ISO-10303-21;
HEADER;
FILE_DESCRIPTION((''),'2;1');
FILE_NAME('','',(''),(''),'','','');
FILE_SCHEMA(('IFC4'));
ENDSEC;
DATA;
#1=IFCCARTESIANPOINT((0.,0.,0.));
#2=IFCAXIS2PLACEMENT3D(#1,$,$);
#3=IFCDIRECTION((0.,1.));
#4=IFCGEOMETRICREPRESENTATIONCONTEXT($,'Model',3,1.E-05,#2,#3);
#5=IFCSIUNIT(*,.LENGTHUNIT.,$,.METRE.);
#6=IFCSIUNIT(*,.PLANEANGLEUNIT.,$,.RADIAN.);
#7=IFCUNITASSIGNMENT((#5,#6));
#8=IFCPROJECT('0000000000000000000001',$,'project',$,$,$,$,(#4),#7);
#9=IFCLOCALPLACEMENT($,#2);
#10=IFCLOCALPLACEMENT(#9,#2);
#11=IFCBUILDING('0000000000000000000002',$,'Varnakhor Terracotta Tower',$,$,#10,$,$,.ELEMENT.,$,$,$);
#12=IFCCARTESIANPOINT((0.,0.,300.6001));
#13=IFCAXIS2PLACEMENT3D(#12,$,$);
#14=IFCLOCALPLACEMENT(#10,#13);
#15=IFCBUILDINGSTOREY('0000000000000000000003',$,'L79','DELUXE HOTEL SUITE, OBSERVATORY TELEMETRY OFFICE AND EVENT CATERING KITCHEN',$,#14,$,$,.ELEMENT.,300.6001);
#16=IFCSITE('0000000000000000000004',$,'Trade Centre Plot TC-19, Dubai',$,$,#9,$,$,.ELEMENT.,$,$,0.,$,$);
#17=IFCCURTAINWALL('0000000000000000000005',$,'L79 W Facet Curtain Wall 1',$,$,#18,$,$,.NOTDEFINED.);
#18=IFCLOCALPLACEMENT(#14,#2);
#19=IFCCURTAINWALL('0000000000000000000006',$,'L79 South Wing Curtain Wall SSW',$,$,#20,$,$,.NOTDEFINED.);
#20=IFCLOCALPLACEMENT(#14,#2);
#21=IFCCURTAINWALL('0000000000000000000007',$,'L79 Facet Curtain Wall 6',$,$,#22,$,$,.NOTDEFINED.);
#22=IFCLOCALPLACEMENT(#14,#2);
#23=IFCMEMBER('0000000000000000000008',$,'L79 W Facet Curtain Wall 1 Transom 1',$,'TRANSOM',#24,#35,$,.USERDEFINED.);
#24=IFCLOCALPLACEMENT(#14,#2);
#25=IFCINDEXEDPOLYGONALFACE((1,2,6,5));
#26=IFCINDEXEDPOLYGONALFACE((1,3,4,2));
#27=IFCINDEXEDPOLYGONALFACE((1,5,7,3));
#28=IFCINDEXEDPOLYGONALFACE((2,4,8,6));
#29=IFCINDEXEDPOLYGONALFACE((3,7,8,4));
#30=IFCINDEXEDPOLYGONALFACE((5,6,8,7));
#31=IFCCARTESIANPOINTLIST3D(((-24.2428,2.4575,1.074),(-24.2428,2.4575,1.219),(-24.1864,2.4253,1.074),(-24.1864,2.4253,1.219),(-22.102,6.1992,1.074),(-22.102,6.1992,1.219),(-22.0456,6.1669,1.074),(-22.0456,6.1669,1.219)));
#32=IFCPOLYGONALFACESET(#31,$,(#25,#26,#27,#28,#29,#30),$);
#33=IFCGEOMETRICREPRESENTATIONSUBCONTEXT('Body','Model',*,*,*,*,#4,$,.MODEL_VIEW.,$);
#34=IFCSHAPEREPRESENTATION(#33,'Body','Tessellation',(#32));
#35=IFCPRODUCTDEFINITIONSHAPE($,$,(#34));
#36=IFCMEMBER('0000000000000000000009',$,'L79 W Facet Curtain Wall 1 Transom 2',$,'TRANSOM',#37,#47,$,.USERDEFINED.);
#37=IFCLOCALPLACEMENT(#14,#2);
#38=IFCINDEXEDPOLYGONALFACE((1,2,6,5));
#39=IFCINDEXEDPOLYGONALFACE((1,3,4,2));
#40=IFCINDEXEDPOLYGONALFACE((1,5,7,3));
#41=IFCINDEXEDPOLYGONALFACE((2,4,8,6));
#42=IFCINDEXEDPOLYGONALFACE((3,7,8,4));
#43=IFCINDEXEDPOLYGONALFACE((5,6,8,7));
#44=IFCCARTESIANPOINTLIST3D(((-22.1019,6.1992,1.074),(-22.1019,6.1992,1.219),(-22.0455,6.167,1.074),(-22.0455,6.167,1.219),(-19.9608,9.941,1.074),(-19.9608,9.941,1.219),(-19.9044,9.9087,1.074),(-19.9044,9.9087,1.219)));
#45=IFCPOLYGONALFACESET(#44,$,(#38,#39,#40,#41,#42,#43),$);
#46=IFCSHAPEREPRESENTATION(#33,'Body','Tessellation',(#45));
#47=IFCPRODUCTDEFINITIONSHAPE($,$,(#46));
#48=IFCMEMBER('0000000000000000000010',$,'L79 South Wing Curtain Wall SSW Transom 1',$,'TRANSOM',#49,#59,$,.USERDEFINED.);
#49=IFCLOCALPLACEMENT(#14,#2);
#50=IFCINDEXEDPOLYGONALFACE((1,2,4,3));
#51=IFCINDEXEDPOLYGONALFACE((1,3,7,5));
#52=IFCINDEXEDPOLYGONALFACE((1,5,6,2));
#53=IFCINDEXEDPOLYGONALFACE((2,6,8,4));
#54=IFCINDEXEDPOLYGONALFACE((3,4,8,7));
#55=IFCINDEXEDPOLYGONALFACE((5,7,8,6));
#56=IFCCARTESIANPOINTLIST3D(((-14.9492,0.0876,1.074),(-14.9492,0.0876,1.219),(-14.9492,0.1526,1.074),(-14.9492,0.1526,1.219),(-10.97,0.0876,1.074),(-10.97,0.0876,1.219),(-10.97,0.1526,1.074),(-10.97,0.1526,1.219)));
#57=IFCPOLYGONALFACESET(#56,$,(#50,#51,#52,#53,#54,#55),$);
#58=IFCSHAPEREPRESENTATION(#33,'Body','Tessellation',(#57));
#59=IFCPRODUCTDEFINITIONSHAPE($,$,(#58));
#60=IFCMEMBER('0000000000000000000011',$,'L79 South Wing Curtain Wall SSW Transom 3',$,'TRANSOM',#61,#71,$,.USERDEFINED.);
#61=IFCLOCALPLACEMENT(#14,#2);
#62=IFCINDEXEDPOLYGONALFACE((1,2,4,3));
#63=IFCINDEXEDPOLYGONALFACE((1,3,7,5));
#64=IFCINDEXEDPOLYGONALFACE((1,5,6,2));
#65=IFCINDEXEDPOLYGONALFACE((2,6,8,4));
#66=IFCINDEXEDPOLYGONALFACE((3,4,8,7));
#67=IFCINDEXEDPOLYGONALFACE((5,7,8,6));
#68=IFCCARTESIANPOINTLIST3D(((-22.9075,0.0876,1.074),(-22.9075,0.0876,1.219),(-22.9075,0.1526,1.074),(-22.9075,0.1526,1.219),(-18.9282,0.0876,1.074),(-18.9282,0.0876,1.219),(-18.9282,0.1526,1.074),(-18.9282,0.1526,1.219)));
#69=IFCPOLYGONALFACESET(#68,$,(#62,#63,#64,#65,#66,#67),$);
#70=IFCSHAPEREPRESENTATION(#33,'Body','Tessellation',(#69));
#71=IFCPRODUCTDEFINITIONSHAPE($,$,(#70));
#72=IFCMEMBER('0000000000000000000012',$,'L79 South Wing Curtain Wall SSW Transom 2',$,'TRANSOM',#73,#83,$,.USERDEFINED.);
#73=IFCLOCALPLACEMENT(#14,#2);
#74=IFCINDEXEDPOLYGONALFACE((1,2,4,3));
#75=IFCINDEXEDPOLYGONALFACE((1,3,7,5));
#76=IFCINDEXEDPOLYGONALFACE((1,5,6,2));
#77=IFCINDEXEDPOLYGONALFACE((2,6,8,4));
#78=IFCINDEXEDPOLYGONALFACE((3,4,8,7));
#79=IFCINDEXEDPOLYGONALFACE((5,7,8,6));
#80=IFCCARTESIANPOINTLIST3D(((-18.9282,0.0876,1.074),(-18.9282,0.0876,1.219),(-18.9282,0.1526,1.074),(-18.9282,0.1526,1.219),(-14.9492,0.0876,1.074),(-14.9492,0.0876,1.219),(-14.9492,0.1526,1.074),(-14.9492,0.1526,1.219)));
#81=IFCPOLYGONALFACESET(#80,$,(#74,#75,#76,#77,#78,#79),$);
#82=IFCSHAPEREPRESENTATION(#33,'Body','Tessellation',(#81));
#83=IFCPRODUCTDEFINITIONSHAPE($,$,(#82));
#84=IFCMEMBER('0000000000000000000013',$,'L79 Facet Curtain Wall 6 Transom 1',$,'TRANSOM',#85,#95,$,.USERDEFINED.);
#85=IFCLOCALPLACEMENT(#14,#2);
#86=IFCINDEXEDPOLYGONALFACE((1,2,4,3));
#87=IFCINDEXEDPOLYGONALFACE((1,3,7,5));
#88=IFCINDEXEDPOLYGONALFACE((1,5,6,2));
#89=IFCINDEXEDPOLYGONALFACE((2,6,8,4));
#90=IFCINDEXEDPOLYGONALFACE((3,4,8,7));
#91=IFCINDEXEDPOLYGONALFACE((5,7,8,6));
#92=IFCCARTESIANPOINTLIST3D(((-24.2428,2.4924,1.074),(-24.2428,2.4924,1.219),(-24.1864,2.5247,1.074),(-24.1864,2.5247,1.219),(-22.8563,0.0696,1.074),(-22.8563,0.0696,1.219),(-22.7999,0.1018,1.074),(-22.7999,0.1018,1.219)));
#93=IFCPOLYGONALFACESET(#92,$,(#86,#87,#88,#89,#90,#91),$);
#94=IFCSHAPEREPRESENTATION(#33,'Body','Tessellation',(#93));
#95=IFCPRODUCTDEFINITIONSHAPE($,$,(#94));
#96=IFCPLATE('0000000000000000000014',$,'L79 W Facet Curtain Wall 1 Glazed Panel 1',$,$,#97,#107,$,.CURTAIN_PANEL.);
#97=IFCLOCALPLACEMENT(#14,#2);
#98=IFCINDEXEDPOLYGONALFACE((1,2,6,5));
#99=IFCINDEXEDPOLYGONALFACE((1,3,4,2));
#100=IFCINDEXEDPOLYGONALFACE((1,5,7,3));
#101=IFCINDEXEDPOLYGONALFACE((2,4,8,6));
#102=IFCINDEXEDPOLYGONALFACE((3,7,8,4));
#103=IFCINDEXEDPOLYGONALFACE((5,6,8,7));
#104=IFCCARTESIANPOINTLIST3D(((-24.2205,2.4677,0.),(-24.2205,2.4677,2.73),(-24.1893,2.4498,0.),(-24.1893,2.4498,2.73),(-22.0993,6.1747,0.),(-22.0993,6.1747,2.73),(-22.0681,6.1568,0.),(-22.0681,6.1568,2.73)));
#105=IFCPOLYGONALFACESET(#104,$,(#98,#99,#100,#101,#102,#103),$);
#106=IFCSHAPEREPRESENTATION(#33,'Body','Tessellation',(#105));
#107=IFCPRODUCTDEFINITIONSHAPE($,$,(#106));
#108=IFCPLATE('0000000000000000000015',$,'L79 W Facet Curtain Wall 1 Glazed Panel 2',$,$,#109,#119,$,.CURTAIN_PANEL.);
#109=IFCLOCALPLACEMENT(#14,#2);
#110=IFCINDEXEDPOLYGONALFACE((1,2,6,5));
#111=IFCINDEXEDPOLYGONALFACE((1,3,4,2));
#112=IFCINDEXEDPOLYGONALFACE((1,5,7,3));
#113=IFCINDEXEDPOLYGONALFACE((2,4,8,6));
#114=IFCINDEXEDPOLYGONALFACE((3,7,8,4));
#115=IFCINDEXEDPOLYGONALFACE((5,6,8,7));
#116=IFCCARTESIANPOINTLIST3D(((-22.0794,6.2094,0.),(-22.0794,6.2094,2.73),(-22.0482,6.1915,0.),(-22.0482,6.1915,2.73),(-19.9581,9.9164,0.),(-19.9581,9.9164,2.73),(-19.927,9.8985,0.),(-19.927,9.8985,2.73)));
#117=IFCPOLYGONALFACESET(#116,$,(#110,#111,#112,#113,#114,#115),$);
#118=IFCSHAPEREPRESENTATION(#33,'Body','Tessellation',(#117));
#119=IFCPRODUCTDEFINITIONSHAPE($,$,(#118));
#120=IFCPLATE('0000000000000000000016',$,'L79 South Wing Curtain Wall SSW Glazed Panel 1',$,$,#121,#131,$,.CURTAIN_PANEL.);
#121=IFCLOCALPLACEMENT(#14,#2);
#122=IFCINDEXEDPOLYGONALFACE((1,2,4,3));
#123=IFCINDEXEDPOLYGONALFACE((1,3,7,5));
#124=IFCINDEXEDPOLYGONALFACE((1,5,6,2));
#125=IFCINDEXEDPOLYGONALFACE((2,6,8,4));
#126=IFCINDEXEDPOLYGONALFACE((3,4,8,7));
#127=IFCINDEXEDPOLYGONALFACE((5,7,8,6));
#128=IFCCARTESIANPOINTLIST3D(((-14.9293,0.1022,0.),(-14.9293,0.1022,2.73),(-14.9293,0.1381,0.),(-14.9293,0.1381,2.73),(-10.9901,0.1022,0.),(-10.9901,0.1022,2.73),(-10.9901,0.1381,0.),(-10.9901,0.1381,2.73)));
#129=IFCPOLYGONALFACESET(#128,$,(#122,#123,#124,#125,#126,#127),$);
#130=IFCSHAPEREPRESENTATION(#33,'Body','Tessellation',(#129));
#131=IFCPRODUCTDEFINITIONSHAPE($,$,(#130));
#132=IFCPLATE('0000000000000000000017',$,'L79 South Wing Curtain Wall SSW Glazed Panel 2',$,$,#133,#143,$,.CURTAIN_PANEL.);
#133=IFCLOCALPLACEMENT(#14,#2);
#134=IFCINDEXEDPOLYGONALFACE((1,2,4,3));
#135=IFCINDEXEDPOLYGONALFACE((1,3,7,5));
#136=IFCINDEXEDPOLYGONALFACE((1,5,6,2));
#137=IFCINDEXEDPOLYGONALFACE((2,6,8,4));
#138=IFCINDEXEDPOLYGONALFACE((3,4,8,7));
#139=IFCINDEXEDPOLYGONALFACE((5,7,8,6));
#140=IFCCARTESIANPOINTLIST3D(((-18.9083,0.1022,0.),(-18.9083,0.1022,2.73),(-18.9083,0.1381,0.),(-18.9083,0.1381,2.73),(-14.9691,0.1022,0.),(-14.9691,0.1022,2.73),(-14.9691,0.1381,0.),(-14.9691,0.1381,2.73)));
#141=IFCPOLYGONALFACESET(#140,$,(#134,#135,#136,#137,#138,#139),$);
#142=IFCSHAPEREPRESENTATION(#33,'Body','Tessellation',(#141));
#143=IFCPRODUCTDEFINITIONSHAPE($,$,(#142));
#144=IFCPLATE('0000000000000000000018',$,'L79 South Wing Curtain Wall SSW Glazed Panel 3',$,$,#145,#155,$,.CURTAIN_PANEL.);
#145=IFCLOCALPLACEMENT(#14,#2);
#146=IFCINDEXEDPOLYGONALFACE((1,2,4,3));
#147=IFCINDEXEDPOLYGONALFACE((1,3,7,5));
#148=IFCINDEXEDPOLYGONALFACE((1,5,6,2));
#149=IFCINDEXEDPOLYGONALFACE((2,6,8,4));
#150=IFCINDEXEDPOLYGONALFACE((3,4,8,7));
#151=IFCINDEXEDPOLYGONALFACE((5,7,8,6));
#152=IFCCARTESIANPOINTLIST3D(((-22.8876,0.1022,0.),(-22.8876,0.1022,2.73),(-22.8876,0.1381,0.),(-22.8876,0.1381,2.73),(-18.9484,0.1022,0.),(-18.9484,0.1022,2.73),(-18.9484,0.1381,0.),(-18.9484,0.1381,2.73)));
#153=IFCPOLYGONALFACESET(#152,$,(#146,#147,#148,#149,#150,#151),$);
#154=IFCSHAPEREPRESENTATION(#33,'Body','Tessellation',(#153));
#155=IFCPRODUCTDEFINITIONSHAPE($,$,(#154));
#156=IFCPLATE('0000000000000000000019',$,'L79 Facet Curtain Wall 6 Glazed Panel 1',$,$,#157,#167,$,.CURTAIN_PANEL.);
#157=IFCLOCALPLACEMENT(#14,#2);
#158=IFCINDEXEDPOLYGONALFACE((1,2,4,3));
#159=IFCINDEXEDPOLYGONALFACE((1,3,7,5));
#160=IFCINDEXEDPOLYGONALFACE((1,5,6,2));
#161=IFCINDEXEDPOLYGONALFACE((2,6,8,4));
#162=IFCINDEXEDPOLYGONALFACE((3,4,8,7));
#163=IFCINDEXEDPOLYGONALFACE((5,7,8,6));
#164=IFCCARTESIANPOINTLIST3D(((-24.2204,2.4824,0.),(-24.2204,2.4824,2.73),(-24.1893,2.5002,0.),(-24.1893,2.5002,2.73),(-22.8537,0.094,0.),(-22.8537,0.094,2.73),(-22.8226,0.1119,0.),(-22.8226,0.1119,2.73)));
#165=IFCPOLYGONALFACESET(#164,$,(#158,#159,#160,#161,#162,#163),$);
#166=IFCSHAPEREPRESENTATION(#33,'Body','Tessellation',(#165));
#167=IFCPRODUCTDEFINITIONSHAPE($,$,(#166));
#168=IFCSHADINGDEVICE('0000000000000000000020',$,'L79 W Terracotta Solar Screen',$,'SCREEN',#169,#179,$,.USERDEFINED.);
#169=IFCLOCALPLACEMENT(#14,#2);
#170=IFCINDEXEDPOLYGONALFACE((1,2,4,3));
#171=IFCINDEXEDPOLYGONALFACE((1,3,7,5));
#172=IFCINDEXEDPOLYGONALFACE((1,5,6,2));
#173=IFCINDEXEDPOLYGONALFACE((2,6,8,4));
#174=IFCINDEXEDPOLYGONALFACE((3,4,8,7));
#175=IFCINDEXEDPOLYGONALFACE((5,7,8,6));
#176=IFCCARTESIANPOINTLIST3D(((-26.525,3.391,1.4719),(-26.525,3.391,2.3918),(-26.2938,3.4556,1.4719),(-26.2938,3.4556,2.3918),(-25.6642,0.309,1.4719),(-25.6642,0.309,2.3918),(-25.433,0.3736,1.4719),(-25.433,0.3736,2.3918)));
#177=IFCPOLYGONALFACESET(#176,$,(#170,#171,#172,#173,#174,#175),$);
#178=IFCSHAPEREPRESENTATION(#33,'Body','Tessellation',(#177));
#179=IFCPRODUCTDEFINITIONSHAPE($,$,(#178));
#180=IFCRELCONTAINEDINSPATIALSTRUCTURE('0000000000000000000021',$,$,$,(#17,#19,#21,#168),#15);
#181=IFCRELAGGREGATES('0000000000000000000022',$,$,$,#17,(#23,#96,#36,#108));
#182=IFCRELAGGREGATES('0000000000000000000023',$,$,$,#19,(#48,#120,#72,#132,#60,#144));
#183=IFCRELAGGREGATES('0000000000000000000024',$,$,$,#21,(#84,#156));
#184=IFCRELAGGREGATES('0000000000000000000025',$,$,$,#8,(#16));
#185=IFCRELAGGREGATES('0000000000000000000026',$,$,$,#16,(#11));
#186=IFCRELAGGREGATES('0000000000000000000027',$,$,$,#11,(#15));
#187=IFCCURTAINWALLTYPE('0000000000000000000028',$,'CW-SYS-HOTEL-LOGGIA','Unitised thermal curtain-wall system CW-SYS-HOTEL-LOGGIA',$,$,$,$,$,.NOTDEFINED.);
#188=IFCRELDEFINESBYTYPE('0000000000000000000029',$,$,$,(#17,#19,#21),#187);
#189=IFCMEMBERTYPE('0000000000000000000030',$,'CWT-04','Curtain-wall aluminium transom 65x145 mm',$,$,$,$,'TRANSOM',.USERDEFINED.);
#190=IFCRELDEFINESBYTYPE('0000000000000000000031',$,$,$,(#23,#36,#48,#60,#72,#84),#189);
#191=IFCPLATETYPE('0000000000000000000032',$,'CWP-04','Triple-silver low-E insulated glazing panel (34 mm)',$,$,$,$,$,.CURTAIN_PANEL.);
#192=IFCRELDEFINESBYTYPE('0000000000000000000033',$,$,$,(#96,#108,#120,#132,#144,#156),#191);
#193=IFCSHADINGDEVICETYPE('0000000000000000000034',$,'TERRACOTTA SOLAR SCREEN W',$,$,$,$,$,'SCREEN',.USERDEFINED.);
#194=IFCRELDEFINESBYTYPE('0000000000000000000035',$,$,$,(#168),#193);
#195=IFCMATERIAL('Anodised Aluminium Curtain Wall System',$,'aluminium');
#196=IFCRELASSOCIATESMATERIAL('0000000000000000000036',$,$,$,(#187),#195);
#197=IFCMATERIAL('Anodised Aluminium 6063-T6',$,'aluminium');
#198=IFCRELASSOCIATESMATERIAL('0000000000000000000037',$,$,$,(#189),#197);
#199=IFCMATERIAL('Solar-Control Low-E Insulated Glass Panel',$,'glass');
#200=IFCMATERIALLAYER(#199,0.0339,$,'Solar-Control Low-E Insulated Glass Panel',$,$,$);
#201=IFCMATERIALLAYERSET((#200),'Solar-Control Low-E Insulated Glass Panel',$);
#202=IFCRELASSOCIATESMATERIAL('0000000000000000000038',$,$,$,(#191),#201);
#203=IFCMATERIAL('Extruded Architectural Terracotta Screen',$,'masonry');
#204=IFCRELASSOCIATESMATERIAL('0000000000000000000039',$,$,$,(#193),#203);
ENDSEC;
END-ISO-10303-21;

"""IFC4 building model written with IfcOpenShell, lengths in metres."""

from ifc_helpers import new_model, si_unit, direction, frame, origin, origin_2d, place, context, subcontext, project, spatial, rectangle, extrude, source, transform, mapped, material, layer, layer_set, material_profile, profile_set, type_object, type_shapes, element, aggregate, save


model = new_model("IFC4")

# Units and contexts
model_context = context("Model", 3, precision=1e-05, world=origin(), true_north=direction((0.0, 1.0)))
body_context = subcontext(model_context, "Body", "Model", "MODEL_VIEW")
ifc_project = project(units=[si_unit("LENGTHUNIT", "METRE"), si_unit("PLANEANGLEUNIT", "RADIAN")], contexts=[model_context])

# Site, building, storey
site_placement = place(None, origin())
site = spatial("IfcSite", under=ifc_project, at=site_placement, Name="Trade Centre Plot TC-19, Dubai", CompositionType="ELEMENT", RefElevation=0.0)
building_placement = place(site_placement, origin())
building = spatial("IfcBuilding", under=site, at=building_placement, Name="Varnakhor Terracotta Tower", CompositionType="ELEMENT")
storey_placement = place(building_placement, frame((0.0, 0.0, 300.6001)))
storey = spatial("IfcBuildingStorey", under=building, at=storey_placement, Name="L79", Description="DELUXE HOTEL SUITE, OBSERVATORY TELEMETRY OFFICE AND EVENT CATERING KITCHEN", CompositionType="ELEMENT", Elevation=300.6001)

# Curtain walls
ifc_material_1 = material(Name="Anodised Aluminium Curtain Wall System", Category="aluminium")
curtain_wall_type = type_object("IfcCurtainWallType", Name="CW-SYS-HOTEL-LOGGIA", Description="Unitised thermal curtain-wall system CW-SYS-HOTEL-LOGGIA", PredefinedType="NOTDEFINED", material=ifc_material_1)
curtain_wall_1_placement = place(storey_placement, origin())
curtain_wall_1 = element("IfcCurtainWall", 1, at=curtain_wall_1_placement, inside=storey, type_object=curtain_wall_type, Name="L79 W Facet Curtain Wall 1", PredefinedType="NOTDEFINED")
ifc_material_2 = material(Name="Anodised Aluminium 6063-T6", Category="aluminium")
curtain_wall_2_placement = place(storey_placement, origin())
curtain_wall_2 = element("IfcCurtainWall", 2, at=curtain_wall_2_placement, inside=storey, type_object=curtain_wall_type, Name="L79 South Wing Curtain Wall SSW", PredefinedType="NOTDEFINED")

# Curtain wall
curtain_wall_3_placement = place(storey_placement, origin())
curtain_wall_3 = element("IfcCurtainWall", 3, at=curtain_wall_3_placement, inside=storey, type_object=curtain_wall_type, Name="L79 Facet Curtain Wall 6", PredefinedType="NOTDEFINED")

# Members
ifc_material_profile_1 = material_profile(ifc_material_2, rectangle(XDim=0.0649, YDim=0.145, at=origin_2d()), Name="ALU TRANSOM 65x145")
ifc_profile_set_1 = profile_set([ifc_material_profile_1], Name="Anodised Aluminium 6063-T6")
member_type_1 = type_object("IfcMemberType", Name="CWT-04", Description="Curtain-wall aluminium transom 65x145 mm", ElementType="TRANSOM", PredefinedType="USERDEFINED", material=ifc_profile_set_1)
shared_shape_1 = source(origin(), body_context, "Body", "SweptSolid", [
    extrude(rectangle(XDim=0.0649, YDim=0.145, at=origin_2d()), origin(), (0.0, 0.0, 1.0), 4.3108),
])
member_1_placement = place(storey_placement, frame((-24.2146, 2.4414, 1.1465), z_axis=(0.496621, 0.867968, 0.0), x_axis=(-0.867968, 0.496621, 0.0)))
member_1 = element("IfcMember", 4, at=member_1_placement, type_object=member_type_1, Name="L79 W Facet Curtain Wall 1 Transom 1", ObjectType="TRANSOM", PredefinedType="USERDEFINED", context=body_context, shape_type="MappedRepresentation", body=[
    mapped(shared_shape_1, transform((0.0, 0.0, 0.0), scale=1.0)),
])
shared_shape_2 = source(origin(), body_context, "Body", "SweptSolid", [
    extrude(rectangle(XDim=0.0649, YDim=0.145, at=origin_2d()), origin(), (0.0, 0.0, 1.0), 4.311),
])
member_2_placement = place(storey_placement, frame((-22.0737, 6.1831, 1.1465), z_axis=(0.496663, 0.867943, 0.0), x_axis=(-0.867943, 0.496663, 0.0)))
member_2 = element("IfcMember", 5, at=member_2_placement, type_object=member_type_1, Name="L79 W Facet Curtain Wall 1 Transom 2", ObjectType="TRANSOM", PredefinedType="USERDEFINED", context=body_context, shape_type="MappedRepresentation", body=[
    mapped(shared_shape_2, transform((0.0, 0.0, 0.0), scale=1.0)),
])
shared_shape_3 = source(origin(), body_context, "Body", "SweptSolid", [
    extrude(rectangle(XDim=0.0649, YDim=0.145, at=origin_2d()), origin(), (0.0, 0.0, 1.0), 3.9792),
])
member_3_placement = place(storey_placement, frame((-10.97, 0.1201, 1.1465), z_axis=(-1.0, 0.0, 0.0), x_axis=(0.0, -1.0, 0.0)))
member_3 = element("IfcMember", 6, at=member_3_placement, type_object=member_type_1, Name="L79 South Wing Curtain Wall SSW Transom 1", ObjectType="TRANSOM", PredefinedType="USERDEFINED", context=body_context, shape_type="MappedRepresentation", body=[
    mapped(shared_shape_3, transform((0.0, 0.0, 0.0), scale=1.0)),
])
member_4_placement = place(storey_placement, frame((-18.9282, 0.1201, 1.1465), z_axis=(-1.0, 0.0, 0.0), x_axis=(0.0, -1.0, 0.0)))
member_4 = element("IfcMember", 7, at=member_4_placement, type_object=member_type_1, Name="L79 South Wing Curtain Wall SSW Transom 3", ObjectType="TRANSOM", PredefinedType="USERDEFINED", context=body_context, shape_type="MappedRepresentation", body=[
    mapped(shared_shape_3, transform((0.0, 0.0, 0.0), scale=1.0)),
])
shared_shape_4 = source(origin(), body_context, "Body", "SweptSolid", [
    extrude(rectangle(XDim=0.0649, YDim=0.145, at=origin_2d()), origin(), (0.0, 0.0, 1.0), 3.979),
])
member_5_placement = place(storey_placement, frame((-14.9492, 0.1201, 1.1465), z_axis=(-1.0, 0.0, 0.0), x_axis=(0.0, -1.0, 0.0)))
member_5 = element("IfcMember", 8, at=member_5_placement, type_object=member_type_1, Name="L79 South Wing Curtain Wall SSW Transom 2", ObjectType="TRANSOM", PredefinedType="USERDEFINED", context=body_context, shape_type="MappedRepresentation", body=[
    mapped(shared_shape_4, transform((0.0, 0.0, 0.0), scale=1.0)),
])
shared_shape_5 = source(origin(), body_context, "Body", "SweptSolid", [
    extrude(rectangle(XDim=0.0649, YDim=0.145, at=origin_2d()), origin(), (0.0, 0.0, 1.0), 2.7915),
])
member_6_placement = place(storey_placement, frame((-22.8281, 0.0857, 1.1465), z_axis=(-0.496676, 0.867936, 0.0), x_axis=(-0.867936, -0.496676, 0.0)))
member_6 = element("IfcMember", 9, at=member_6_placement, type_object=member_type_1, Name="L79 Facet Curtain Wall 6 Transom 1", ObjectType="TRANSOM", PredefinedType="USERDEFINED", context=body_context, shape_type="MappedRepresentation", body=[
    mapped(shared_shape_5, transform((0.0, 0.0, 0.0), scale=1.0)),
])

# Plates
ifc_material_3 = material(Name="Solar-Control Low-E Insulated Glass Panel", Category="glass")
ifc_layer_1 = layer(ifc_material_3, 0.0339, Name="Solar-Control Low-E Insulated Glass Panel")
ifc_layer_set_1 = layer_set([ifc_layer_1], Name="Solar-Control Low-E Insulated Glass Panel")
plate_type = type_object("IfcPlateType", Name="CWP-04", Description="Triple-silver low-E insulated glazing panel (34 mm)", PredefinedType="CURTAIN_PANEL", material=ifc_layer_set_1)
shared_shape_6 = source(origin(), body_context, "Body", "SweptSolid", [
    extrude(rectangle(XDim=4.271, YDim=0.0359, at=origin_2d()), origin(), (0.0, 0.0, 1.0), 2.73),
])
plate_1_placement = place(storey_placement, frame((-23.1443, 4.3123, 0.0), z_axis=(0.0, 0.0, 1.0), x_axis=(0.496656, 0.867948, 0.0)))
plate_1 = element("IfcPlate", 10, at=plate_1_placement, type_object=plate_type, Name="L79 W Facet Curtain Wall 1 Glazed Panel 1", PredefinedType="CURTAIN_PANEL", context=body_context, shape_type="MappedRepresentation", body=[
    mapped(shared_shape_6, transform((0.0, 0.0, 0.0), scale=1.0)),
])
plate_2_placement = place(storey_placement, frame((-21.0032, 8.054, 0.0), z_axis=(0.0, 0.0, 1.0), x_axis=(0.496656, 0.867948, 0.0)))
plate_2 = element("IfcPlate", 11, at=plate_2_placement, type_object=plate_type, Name="L79 W Facet Curtain Wall 1 Glazed Panel 2", PredefinedType="CURTAIN_PANEL", context=body_context, shape_type="MappedRepresentation", body=[
    mapped(shared_shape_6, transform((0.0, 0.0, 0.0), scale=1.0)),
])
aggregate(curtain_wall_1, [member_1, plate_1, member_2, plate_2])
shared_shape_7 = source(origin(), body_context, "Body", "SweptSolid", [
    extrude(rectangle(XDim=3.9392, YDim=0.0359, at=origin_2d()), origin(), (0.0, 0.0, 1.0), 2.73),
])
plate_3_placement = place(storey_placement, frame((-12.9597, 0.1201, 0.0), z_axis=(0.0, 0.0, 1.0), x_axis=(-1.0, 0.0, 0.0)))
plate_3 = element("IfcPlate", 12, at=plate_3_placement, type_object=plate_type, Name="L79 South Wing Curtain Wall SSW Glazed Panel 1", PredefinedType="CURTAIN_PANEL", context=body_context, shape_type="MappedRepresentation", body=[
    mapped(shared_shape_7, transform((0.0, 0.0, 0.0), scale=1.0)),
])
plate_4_placement = place(storey_placement, frame((-16.9387, 0.1201, 0.0), z_axis=(0.0, 0.0, 1.0), x_axis=(-1.0, 0.0, 0.0)))
plate_4 = element("IfcPlate", 13, at=plate_4_placement, type_object=plate_type, Name="L79 South Wing Curtain Wall SSW Glazed Panel 2", PredefinedType="CURTAIN_PANEL", context=body_context, shape_type="MappedRepresentation", body=[
    mapped(shared_shape_7, transform((0.0, 0.0, 0.0), scale=1.0)),
])
plate_5_placement = place(storey_placement, frame((-20.918, 0.1201, 0.0), z_axis=(0.0, 0.0, 1.0), x_axis=(-1.0, 0.0, 0.0)))
plate_5 = element("IfcPlate", 14, at=plate_5_placement, type_object=plate_type, Name="L79 South Wing Curtain Wall SSW Glazed Panel 3", PredefinedType="CURTAIN_PANEL", context=body_context, shape_type="MappedRepresentation", body=[
    mapped(shared_shape_7, transform((0.0, 0.0, 0.0), scale=1.0)),
])
aggregate(curtain_wall_2, [member_3, plate_3, member_5, plate_4, member_4, plate_5])
shared_shape_8 = source(origin(), body_context, "Body", "SweptSolid", [
    extrude(rectangle(XDim=2.7517, YDim=0.0359, at=origin_2d()), origin(), (0.0, 0.0, 1.0), 2.73),
])
plate_6_placement = place(storey_placement, frame((-23.5215, 1.2971, 0.0), z_axis=(0.0, 0.0, 1.0), x_axis=(-0.496671, 0.867939, 0.0)))
plate_6 = element("IfcPlate", 15, at=plate_6_placement, type_object=plate_type, Name="L79 Facet Curtain Wall 6 Glazed Panel 1", PredefinedType="CURTAIN_PANEL", context=body_context, shape_type="MappedRepresentation", body=[
    mapped(shared_shape_8, transform((0.0, 0.0, 0.0), scale=1.0)),
])
aggregate(curtain_wall_3, [member_6, plate_6])

# Shading device
ifc_material_4 = material(Name="Extruded Architectural Terracotta Screen", Category="masonry")
shading_device_type = type_object("IfcShadingDeviceType", Name="TERRACOTTA SOLAR SCREEN W", ElementType="SCREEN", PredefinedType="USERDEFINED", material=ifc_material_4)
shared_shape_9 = source(origin(), body_context, "Body", "SweptSolid", [
    extrude(rectangle(XDim=3.2, YDim=0.24, at=origin_2d()), origin(), (0.0, 0.0, 1.0), 0.9199),
])
type_shapes(shading_device_type, [shared_shape_9])
shading_device_placement = place(storey_placement, frame((-25.979, 1.8823, 1.4719), z_axis=(0.0, 0.0, 1.0), x_axis=(0.269004, -0.963139, 0.0)))
element("IfcShadingDevice", 16, at=shading_device_placement, inside=storey, type_object=shading_device_type, Name="L79 W Terracotta Solar Screen", ObjectType="SCREEN", PredefinedType="USERDEFINED", context=body_context, shape_type="MappedRepresentation", body=[
    mapped(shared_shape_9, transform((0.0, 0.0, 0.0), scale=1.0)),
])

save(model, "model.ifc")
